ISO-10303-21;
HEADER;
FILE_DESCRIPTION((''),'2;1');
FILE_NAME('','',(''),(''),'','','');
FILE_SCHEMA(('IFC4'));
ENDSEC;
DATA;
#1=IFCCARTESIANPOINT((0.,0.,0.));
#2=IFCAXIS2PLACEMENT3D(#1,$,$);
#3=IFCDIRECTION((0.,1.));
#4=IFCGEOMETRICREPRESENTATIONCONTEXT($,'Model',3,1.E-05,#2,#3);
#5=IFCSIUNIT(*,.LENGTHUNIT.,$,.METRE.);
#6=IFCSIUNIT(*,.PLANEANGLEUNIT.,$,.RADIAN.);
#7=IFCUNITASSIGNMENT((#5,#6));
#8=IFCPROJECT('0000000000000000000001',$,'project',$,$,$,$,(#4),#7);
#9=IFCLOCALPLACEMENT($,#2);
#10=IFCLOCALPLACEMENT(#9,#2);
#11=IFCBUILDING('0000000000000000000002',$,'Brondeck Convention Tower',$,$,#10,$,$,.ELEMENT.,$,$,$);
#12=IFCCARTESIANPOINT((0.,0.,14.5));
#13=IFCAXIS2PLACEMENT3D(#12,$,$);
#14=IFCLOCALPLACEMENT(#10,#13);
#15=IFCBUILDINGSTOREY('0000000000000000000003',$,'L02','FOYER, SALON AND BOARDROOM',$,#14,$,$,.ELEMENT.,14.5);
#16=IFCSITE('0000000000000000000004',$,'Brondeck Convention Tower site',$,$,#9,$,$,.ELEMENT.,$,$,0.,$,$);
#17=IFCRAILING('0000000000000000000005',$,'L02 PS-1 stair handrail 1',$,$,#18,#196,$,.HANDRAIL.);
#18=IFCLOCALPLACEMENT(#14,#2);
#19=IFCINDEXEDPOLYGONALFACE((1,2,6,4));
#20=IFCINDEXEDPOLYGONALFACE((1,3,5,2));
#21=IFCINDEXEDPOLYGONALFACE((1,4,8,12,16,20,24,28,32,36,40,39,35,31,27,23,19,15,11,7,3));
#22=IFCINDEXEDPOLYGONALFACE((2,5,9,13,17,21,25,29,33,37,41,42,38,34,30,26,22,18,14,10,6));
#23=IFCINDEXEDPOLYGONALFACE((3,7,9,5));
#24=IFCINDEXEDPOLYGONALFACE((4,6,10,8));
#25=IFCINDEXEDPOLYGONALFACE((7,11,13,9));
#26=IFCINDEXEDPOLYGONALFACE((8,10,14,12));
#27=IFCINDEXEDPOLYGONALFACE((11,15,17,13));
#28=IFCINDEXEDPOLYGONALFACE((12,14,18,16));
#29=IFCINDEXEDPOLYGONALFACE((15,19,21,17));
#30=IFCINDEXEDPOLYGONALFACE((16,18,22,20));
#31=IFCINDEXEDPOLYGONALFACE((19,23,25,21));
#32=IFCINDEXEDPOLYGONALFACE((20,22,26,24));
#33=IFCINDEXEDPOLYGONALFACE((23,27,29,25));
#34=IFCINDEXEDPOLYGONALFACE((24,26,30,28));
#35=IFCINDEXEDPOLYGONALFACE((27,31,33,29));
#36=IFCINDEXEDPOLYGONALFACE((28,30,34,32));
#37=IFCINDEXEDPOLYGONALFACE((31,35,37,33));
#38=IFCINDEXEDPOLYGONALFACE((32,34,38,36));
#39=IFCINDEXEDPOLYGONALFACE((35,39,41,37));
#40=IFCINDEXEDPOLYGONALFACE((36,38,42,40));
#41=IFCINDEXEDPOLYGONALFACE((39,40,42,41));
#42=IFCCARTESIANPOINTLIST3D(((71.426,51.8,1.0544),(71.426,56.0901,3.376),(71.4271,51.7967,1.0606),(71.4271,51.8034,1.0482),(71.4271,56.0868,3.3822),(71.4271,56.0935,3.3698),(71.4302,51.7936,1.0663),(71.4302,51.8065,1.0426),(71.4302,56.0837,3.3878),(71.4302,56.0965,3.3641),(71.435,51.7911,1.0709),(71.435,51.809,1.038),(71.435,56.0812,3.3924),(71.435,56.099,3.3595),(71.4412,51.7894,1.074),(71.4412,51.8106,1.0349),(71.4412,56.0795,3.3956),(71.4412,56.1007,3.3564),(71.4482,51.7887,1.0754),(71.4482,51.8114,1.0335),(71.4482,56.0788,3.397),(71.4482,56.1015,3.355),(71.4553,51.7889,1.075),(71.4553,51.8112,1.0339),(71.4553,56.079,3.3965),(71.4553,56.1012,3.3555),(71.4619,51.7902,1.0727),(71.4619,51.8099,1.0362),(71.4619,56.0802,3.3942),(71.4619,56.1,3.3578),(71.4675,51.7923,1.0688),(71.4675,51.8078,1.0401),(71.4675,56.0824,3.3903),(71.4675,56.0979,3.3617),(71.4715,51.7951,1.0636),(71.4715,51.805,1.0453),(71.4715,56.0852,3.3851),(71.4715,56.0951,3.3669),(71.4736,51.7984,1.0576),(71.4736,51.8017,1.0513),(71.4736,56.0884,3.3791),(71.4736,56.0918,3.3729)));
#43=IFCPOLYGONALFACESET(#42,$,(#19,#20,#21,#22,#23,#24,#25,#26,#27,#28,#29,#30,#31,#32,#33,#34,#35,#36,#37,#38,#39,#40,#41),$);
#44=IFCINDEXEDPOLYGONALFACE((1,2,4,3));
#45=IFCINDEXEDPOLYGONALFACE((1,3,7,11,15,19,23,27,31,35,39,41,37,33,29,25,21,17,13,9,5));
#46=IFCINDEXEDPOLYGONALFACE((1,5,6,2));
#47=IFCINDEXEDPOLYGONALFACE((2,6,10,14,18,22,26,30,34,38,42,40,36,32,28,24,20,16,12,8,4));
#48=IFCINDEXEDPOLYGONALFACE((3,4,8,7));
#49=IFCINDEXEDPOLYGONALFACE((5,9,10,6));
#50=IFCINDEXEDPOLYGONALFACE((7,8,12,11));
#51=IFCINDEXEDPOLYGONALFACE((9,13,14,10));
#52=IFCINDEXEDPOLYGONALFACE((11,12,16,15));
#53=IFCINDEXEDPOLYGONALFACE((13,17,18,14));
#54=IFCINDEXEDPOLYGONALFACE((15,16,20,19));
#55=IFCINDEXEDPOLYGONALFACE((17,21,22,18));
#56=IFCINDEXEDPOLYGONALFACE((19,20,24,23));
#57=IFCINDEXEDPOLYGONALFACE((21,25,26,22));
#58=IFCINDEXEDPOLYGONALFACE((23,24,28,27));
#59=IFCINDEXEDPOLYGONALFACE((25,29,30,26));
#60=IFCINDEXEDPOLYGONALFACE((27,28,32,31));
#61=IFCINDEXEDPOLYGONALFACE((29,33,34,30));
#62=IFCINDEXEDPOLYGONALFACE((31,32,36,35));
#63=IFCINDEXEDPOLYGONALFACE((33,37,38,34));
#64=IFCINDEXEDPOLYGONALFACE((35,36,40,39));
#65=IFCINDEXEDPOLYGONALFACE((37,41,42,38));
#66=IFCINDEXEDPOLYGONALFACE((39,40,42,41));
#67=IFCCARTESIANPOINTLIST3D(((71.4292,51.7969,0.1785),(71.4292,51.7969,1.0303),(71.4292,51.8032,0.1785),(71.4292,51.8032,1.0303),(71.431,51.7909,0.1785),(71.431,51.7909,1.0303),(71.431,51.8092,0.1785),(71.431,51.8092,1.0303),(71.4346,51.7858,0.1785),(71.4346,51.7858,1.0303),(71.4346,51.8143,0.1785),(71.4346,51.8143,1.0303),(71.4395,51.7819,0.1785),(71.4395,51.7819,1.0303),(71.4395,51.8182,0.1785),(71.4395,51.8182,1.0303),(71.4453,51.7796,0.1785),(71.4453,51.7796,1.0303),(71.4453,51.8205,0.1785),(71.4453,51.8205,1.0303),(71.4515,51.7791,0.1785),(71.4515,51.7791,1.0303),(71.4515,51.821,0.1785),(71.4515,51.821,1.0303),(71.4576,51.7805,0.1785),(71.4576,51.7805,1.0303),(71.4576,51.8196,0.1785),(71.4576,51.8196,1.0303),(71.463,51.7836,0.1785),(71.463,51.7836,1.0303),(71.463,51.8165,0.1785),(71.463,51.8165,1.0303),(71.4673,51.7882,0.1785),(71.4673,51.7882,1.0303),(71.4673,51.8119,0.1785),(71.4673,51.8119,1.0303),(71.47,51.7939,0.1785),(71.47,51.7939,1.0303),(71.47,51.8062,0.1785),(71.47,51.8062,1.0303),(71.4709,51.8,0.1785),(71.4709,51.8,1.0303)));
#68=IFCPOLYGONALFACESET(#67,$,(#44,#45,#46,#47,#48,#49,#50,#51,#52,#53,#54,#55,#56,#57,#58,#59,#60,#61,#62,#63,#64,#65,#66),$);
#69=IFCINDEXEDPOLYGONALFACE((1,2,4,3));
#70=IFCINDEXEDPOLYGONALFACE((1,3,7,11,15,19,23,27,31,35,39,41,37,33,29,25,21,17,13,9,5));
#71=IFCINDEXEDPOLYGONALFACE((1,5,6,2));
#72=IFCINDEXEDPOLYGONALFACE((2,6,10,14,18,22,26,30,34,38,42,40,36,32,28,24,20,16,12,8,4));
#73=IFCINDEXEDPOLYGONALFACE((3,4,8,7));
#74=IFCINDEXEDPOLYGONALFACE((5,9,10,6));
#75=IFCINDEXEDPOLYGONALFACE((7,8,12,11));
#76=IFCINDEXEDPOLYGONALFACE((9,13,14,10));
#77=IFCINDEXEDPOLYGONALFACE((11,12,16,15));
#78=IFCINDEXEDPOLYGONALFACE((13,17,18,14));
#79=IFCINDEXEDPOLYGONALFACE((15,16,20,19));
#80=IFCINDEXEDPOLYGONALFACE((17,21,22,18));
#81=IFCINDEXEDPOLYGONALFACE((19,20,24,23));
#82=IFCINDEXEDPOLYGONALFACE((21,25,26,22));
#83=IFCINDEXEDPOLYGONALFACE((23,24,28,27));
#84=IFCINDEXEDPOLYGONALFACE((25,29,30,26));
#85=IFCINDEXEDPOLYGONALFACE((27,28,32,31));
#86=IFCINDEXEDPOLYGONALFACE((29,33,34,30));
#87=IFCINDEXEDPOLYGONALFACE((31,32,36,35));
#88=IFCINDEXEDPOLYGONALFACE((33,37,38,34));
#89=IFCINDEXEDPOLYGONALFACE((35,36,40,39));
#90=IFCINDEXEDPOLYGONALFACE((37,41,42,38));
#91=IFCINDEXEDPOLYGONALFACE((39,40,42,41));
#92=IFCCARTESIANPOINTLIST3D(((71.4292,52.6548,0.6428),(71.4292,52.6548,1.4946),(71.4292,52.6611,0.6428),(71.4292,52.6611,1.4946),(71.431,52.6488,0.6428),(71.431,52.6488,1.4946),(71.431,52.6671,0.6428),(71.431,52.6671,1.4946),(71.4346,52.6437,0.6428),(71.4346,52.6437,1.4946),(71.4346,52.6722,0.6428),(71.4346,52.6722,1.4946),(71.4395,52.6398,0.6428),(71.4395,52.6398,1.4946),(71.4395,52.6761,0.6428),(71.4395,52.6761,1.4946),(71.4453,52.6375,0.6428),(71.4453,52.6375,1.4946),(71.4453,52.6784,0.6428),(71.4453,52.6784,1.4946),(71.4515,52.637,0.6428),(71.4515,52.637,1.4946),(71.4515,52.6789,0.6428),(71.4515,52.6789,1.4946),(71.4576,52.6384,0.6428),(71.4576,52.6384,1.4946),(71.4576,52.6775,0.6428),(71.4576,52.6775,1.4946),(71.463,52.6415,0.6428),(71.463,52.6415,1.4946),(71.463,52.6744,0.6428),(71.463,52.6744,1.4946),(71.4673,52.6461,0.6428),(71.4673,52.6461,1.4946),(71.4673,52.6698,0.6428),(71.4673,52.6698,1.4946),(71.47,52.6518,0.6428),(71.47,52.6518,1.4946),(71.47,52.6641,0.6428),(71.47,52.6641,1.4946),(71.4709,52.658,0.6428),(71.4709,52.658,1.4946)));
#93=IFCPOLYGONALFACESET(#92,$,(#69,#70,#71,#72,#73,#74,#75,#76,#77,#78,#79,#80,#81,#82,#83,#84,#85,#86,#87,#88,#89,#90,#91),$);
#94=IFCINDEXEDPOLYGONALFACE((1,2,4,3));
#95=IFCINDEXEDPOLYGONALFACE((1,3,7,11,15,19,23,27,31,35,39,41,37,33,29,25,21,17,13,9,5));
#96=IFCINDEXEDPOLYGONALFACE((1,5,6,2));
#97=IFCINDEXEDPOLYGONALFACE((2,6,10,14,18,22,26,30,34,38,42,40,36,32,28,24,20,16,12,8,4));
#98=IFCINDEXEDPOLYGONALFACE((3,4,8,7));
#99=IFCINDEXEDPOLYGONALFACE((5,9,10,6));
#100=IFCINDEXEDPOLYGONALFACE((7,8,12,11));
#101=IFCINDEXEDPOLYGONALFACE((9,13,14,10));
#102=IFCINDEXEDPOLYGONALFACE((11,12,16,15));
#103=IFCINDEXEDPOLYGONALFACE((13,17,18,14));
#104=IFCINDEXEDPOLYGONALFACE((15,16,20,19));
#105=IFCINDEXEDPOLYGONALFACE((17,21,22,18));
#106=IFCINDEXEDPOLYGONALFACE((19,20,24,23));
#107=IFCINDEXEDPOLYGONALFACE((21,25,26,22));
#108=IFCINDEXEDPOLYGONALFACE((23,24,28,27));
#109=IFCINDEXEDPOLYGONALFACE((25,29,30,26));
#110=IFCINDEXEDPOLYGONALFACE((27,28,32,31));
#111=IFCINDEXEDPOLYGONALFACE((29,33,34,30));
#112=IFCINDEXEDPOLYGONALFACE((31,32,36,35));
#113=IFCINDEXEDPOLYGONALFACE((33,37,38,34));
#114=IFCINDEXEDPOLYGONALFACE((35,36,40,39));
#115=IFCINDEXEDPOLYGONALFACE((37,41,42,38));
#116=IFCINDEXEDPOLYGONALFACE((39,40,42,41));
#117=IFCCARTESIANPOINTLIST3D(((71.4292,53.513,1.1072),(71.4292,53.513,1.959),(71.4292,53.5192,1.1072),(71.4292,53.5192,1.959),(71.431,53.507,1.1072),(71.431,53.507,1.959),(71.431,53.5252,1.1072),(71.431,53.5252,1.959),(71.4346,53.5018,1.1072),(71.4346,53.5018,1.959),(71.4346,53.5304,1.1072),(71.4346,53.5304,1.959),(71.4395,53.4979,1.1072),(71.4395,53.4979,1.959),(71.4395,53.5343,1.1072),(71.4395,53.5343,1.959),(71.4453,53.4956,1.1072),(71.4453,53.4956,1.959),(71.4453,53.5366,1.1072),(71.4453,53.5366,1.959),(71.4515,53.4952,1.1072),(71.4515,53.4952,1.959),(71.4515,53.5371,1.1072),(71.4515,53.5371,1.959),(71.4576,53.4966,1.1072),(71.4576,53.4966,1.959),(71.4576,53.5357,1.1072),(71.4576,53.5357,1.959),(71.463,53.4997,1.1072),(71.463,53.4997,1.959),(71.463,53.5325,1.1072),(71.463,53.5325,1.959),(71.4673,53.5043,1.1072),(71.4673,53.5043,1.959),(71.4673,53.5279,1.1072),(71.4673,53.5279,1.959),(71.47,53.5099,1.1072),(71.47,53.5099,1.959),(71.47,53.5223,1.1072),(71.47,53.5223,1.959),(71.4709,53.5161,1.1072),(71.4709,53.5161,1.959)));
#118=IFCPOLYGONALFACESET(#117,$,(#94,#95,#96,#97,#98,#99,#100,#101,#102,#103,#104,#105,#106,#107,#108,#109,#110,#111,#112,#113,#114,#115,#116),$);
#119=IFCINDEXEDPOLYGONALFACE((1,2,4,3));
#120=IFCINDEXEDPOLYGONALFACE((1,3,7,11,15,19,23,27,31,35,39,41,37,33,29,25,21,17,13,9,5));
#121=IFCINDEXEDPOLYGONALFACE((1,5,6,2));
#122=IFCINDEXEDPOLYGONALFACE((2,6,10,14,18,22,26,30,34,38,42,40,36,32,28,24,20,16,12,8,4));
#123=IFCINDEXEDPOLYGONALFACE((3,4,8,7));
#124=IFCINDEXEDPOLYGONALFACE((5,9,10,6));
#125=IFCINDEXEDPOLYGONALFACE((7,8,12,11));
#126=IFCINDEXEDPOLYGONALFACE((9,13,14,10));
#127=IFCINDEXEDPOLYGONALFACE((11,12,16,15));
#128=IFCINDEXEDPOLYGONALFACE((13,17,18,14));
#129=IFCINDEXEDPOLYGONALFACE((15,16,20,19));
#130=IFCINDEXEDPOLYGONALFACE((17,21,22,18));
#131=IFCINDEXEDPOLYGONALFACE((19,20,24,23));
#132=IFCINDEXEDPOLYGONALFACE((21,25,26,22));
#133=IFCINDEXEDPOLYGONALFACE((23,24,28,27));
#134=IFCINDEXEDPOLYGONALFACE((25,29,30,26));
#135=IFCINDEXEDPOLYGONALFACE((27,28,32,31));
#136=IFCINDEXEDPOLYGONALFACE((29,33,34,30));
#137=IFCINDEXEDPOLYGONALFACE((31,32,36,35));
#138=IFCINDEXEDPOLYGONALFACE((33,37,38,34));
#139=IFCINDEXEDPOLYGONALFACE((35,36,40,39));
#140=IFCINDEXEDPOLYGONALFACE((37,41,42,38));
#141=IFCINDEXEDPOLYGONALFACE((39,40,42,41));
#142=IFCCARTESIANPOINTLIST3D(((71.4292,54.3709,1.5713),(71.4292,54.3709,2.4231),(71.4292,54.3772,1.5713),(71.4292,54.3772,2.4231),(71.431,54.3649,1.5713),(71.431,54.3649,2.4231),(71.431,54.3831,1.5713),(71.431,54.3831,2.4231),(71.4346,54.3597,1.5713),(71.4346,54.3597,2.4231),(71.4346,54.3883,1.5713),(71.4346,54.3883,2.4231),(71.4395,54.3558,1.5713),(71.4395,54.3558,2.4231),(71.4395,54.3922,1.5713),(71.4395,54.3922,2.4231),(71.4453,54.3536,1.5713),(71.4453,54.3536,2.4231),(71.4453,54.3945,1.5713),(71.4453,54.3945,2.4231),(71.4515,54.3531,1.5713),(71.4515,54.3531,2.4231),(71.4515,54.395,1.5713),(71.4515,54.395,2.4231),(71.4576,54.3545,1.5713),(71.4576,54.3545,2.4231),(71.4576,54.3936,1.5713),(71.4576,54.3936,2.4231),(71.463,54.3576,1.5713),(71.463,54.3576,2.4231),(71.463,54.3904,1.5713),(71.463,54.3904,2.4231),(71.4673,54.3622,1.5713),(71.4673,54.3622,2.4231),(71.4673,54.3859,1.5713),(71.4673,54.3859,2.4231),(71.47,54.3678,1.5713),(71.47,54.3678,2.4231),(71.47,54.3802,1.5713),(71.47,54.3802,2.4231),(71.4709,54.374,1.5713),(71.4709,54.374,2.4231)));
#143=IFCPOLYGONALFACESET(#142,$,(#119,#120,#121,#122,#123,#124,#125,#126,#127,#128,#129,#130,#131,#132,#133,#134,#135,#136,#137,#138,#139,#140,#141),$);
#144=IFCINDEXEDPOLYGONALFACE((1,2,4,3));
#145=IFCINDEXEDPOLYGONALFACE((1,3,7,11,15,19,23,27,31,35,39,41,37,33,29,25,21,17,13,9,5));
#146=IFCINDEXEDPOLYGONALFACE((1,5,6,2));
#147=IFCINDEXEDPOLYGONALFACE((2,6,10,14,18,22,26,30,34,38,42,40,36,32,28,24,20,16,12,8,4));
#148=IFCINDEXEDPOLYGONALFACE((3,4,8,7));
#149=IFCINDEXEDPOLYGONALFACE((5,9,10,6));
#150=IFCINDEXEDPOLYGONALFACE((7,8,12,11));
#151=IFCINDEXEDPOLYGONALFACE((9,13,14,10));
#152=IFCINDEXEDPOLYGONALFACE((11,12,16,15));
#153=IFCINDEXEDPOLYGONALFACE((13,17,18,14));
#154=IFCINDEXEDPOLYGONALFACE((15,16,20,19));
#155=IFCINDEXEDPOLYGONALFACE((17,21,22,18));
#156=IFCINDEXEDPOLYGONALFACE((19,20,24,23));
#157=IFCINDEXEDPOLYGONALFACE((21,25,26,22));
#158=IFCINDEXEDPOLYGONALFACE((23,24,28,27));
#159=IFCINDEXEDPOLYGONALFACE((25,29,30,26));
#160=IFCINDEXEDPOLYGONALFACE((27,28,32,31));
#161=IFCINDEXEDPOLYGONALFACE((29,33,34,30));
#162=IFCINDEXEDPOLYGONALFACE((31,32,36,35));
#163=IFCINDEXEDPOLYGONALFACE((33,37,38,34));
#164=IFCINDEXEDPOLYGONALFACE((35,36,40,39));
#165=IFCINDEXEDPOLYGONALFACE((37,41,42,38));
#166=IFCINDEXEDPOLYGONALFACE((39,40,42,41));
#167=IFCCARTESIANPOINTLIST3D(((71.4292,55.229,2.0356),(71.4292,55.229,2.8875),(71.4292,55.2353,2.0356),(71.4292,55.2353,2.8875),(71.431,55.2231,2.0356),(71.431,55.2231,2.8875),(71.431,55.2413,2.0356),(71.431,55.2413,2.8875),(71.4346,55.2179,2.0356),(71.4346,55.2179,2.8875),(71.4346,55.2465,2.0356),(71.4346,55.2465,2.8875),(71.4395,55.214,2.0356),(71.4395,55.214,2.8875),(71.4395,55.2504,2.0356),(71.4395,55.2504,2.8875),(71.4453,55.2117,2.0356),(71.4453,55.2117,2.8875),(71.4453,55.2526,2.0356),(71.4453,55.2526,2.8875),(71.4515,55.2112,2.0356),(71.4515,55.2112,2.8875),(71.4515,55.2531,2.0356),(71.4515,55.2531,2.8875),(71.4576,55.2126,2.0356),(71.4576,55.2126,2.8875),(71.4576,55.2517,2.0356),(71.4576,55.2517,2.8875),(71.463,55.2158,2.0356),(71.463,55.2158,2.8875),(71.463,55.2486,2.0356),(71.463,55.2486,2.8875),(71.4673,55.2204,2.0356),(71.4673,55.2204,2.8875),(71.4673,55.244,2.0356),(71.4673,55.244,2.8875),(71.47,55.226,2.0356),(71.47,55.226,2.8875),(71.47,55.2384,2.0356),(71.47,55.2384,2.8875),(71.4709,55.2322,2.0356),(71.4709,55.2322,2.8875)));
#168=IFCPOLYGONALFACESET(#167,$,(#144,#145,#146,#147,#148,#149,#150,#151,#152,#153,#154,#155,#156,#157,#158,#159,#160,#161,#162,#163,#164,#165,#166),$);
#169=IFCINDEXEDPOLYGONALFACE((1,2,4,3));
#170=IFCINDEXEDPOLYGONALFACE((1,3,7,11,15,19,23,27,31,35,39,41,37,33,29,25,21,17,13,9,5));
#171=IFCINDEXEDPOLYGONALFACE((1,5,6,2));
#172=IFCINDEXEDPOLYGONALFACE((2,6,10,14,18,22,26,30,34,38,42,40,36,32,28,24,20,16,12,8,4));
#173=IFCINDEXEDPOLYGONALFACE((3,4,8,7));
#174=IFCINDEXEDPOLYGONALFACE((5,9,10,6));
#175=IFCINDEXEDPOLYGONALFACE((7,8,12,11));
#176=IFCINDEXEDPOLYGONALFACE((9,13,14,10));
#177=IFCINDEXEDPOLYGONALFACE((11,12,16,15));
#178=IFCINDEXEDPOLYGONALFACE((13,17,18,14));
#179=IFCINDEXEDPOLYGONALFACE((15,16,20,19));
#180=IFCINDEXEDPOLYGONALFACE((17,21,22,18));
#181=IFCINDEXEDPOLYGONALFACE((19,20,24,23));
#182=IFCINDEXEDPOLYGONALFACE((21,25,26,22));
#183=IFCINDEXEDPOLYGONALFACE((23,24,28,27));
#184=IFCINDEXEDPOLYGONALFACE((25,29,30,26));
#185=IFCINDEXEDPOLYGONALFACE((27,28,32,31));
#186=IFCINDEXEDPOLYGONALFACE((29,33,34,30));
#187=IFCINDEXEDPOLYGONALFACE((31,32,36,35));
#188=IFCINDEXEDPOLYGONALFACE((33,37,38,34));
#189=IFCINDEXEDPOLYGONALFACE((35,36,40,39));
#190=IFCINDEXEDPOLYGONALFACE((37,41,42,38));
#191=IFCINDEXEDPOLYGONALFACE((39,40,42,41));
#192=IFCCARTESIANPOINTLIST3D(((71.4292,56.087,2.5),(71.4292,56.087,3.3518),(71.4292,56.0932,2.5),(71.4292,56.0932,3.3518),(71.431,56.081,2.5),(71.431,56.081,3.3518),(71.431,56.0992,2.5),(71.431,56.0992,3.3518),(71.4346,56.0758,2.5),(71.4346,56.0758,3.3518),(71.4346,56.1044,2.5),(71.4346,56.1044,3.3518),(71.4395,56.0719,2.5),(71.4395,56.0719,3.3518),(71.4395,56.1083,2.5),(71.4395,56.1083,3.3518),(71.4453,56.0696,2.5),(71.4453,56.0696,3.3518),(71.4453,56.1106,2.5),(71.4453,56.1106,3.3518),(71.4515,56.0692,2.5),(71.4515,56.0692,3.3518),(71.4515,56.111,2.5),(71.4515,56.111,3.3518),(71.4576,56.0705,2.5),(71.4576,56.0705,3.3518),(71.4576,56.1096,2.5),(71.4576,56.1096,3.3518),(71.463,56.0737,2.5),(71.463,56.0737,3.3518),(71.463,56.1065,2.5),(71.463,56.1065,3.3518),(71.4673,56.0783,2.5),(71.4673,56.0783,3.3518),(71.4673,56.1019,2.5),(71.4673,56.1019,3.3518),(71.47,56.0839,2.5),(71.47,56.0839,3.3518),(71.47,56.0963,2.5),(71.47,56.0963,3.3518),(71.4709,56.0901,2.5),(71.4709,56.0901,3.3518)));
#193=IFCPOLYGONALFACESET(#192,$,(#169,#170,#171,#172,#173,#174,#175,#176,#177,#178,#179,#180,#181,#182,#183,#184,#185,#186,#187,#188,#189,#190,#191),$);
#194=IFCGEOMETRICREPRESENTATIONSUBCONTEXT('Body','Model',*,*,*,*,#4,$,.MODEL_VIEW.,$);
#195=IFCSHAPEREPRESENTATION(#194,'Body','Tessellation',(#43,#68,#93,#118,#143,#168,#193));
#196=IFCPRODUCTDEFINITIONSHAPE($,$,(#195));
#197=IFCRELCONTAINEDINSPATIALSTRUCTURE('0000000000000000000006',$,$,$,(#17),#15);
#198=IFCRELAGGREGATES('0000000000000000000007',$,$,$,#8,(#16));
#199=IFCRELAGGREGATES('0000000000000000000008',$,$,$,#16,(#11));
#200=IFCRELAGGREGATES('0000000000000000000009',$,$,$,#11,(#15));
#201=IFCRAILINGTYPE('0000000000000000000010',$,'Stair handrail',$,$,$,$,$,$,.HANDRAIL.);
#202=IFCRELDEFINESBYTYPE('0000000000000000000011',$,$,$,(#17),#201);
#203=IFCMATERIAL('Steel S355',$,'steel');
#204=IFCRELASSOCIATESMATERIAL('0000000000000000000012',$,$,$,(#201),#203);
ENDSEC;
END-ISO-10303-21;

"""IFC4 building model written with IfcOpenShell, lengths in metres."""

from ifc_helpers import new_model, si_unit, direction, frame, origin, origin_2d, place, context, subcontext, project, spatial, circle, extrude, material, type_object, element, save


model = new_model("IFC4")

# Units and contexts
model_context = context("Model", 3, precision=1e-05, world=origin(), true_north=direction((0.0, 1.0)))
body_context = subcontext(model_context, "Body", "Model", "MODEL_VIEW")
ifc_project = project(units=[si_unit("LENGTHUNIT", "METRE"), si_unit("PLANEANGLEUNIT", "RADIAN")], contexts=[model_context])

# Site, building, storey
site_placement = place(None, origin())
site = spatial("IfcSite", under=ifc_project, at=site_placement, Name="Brondeck Convention Tower site", CompositionType="ELEMENT", RefElevation=0.0)
building_placement = place(site_placement, origin())
building = spatial("IfcBuilding", under=site, at=building_placement, Name="Brondeck Convention Tower", CompositionType="ELEMENT")
storey_placement = place(building_placement, frame((0.0, 0.0, 14.5)))
storey = spatial("IfcBuildingStorey", under=building, at=storey_placement, Name="L02", Description="FOYER, SALON AND BOARDROOM", CompositionType="ELEMENT", Elevation=14.5)

# Railing
ifc_material_1 = material(Name="Steel S355", Category="steel")
railing_type_1 = type_object("IfcRailingType", Name="Stair handrail", PredefinedType="HANDRAIL", material=ifc_material_1)
railing_1_placement = place(storey_placement, frame((71.45, 51.8, 0.1785)))
element("IfcRailing", 1, at=railing_1_placement, inside=storey, type_object=railing_type_1, Name="L02 PS-1 stair handrail 1", PredefinedType="HANDRAIL", context=body_context, shape_type="SweptSolid", body=[
    extrude(circle(Radius=0.0239, at=origin_2d()), frame((0.0, 0.0, 0.876), z_axis=(0.0, 0.879484, 0.475928), x_axis=(-1.0, 0.0, 0.0)), (0.0, 0.0, 1.0), 4.8779),
    extrude(circle(Radius=0.021, at=origin_2d()), origin(), (0.0, 0.0, 1.0), 0.8518),
    extrude(circle(Radius=0.021, at=origin_2d()), frame((0.0, 0.8579, 0.4644)), (0.0, 0.0, 1.0), 0.8518),
    extrude(circle(Radius=0.021, at=origin_2d()), frame((0.0, 1.7161, 0.9287)), (0.0, 0.0, 1.0), 0.8518),
    extrude(circle(Radius=0.021, at=origin_2d()), frame((0.0, 2.574, 1.3928)), (0.0, 0.0, 1.0), 0.8518),
    extrude(circle(Radius=0.021, at=origin_2d()), frame((0.0, 3.4321, 1.8572)), (0.0, 0.0, 1.0), 0.8518),
    extrude(circle(Radius=0.021, at=origin_2d()), frame((0.0, 4.29, 2.3215)), (0.0, 0.0, 1.0), 0.8518),
])

save(model, "model.ifc")
